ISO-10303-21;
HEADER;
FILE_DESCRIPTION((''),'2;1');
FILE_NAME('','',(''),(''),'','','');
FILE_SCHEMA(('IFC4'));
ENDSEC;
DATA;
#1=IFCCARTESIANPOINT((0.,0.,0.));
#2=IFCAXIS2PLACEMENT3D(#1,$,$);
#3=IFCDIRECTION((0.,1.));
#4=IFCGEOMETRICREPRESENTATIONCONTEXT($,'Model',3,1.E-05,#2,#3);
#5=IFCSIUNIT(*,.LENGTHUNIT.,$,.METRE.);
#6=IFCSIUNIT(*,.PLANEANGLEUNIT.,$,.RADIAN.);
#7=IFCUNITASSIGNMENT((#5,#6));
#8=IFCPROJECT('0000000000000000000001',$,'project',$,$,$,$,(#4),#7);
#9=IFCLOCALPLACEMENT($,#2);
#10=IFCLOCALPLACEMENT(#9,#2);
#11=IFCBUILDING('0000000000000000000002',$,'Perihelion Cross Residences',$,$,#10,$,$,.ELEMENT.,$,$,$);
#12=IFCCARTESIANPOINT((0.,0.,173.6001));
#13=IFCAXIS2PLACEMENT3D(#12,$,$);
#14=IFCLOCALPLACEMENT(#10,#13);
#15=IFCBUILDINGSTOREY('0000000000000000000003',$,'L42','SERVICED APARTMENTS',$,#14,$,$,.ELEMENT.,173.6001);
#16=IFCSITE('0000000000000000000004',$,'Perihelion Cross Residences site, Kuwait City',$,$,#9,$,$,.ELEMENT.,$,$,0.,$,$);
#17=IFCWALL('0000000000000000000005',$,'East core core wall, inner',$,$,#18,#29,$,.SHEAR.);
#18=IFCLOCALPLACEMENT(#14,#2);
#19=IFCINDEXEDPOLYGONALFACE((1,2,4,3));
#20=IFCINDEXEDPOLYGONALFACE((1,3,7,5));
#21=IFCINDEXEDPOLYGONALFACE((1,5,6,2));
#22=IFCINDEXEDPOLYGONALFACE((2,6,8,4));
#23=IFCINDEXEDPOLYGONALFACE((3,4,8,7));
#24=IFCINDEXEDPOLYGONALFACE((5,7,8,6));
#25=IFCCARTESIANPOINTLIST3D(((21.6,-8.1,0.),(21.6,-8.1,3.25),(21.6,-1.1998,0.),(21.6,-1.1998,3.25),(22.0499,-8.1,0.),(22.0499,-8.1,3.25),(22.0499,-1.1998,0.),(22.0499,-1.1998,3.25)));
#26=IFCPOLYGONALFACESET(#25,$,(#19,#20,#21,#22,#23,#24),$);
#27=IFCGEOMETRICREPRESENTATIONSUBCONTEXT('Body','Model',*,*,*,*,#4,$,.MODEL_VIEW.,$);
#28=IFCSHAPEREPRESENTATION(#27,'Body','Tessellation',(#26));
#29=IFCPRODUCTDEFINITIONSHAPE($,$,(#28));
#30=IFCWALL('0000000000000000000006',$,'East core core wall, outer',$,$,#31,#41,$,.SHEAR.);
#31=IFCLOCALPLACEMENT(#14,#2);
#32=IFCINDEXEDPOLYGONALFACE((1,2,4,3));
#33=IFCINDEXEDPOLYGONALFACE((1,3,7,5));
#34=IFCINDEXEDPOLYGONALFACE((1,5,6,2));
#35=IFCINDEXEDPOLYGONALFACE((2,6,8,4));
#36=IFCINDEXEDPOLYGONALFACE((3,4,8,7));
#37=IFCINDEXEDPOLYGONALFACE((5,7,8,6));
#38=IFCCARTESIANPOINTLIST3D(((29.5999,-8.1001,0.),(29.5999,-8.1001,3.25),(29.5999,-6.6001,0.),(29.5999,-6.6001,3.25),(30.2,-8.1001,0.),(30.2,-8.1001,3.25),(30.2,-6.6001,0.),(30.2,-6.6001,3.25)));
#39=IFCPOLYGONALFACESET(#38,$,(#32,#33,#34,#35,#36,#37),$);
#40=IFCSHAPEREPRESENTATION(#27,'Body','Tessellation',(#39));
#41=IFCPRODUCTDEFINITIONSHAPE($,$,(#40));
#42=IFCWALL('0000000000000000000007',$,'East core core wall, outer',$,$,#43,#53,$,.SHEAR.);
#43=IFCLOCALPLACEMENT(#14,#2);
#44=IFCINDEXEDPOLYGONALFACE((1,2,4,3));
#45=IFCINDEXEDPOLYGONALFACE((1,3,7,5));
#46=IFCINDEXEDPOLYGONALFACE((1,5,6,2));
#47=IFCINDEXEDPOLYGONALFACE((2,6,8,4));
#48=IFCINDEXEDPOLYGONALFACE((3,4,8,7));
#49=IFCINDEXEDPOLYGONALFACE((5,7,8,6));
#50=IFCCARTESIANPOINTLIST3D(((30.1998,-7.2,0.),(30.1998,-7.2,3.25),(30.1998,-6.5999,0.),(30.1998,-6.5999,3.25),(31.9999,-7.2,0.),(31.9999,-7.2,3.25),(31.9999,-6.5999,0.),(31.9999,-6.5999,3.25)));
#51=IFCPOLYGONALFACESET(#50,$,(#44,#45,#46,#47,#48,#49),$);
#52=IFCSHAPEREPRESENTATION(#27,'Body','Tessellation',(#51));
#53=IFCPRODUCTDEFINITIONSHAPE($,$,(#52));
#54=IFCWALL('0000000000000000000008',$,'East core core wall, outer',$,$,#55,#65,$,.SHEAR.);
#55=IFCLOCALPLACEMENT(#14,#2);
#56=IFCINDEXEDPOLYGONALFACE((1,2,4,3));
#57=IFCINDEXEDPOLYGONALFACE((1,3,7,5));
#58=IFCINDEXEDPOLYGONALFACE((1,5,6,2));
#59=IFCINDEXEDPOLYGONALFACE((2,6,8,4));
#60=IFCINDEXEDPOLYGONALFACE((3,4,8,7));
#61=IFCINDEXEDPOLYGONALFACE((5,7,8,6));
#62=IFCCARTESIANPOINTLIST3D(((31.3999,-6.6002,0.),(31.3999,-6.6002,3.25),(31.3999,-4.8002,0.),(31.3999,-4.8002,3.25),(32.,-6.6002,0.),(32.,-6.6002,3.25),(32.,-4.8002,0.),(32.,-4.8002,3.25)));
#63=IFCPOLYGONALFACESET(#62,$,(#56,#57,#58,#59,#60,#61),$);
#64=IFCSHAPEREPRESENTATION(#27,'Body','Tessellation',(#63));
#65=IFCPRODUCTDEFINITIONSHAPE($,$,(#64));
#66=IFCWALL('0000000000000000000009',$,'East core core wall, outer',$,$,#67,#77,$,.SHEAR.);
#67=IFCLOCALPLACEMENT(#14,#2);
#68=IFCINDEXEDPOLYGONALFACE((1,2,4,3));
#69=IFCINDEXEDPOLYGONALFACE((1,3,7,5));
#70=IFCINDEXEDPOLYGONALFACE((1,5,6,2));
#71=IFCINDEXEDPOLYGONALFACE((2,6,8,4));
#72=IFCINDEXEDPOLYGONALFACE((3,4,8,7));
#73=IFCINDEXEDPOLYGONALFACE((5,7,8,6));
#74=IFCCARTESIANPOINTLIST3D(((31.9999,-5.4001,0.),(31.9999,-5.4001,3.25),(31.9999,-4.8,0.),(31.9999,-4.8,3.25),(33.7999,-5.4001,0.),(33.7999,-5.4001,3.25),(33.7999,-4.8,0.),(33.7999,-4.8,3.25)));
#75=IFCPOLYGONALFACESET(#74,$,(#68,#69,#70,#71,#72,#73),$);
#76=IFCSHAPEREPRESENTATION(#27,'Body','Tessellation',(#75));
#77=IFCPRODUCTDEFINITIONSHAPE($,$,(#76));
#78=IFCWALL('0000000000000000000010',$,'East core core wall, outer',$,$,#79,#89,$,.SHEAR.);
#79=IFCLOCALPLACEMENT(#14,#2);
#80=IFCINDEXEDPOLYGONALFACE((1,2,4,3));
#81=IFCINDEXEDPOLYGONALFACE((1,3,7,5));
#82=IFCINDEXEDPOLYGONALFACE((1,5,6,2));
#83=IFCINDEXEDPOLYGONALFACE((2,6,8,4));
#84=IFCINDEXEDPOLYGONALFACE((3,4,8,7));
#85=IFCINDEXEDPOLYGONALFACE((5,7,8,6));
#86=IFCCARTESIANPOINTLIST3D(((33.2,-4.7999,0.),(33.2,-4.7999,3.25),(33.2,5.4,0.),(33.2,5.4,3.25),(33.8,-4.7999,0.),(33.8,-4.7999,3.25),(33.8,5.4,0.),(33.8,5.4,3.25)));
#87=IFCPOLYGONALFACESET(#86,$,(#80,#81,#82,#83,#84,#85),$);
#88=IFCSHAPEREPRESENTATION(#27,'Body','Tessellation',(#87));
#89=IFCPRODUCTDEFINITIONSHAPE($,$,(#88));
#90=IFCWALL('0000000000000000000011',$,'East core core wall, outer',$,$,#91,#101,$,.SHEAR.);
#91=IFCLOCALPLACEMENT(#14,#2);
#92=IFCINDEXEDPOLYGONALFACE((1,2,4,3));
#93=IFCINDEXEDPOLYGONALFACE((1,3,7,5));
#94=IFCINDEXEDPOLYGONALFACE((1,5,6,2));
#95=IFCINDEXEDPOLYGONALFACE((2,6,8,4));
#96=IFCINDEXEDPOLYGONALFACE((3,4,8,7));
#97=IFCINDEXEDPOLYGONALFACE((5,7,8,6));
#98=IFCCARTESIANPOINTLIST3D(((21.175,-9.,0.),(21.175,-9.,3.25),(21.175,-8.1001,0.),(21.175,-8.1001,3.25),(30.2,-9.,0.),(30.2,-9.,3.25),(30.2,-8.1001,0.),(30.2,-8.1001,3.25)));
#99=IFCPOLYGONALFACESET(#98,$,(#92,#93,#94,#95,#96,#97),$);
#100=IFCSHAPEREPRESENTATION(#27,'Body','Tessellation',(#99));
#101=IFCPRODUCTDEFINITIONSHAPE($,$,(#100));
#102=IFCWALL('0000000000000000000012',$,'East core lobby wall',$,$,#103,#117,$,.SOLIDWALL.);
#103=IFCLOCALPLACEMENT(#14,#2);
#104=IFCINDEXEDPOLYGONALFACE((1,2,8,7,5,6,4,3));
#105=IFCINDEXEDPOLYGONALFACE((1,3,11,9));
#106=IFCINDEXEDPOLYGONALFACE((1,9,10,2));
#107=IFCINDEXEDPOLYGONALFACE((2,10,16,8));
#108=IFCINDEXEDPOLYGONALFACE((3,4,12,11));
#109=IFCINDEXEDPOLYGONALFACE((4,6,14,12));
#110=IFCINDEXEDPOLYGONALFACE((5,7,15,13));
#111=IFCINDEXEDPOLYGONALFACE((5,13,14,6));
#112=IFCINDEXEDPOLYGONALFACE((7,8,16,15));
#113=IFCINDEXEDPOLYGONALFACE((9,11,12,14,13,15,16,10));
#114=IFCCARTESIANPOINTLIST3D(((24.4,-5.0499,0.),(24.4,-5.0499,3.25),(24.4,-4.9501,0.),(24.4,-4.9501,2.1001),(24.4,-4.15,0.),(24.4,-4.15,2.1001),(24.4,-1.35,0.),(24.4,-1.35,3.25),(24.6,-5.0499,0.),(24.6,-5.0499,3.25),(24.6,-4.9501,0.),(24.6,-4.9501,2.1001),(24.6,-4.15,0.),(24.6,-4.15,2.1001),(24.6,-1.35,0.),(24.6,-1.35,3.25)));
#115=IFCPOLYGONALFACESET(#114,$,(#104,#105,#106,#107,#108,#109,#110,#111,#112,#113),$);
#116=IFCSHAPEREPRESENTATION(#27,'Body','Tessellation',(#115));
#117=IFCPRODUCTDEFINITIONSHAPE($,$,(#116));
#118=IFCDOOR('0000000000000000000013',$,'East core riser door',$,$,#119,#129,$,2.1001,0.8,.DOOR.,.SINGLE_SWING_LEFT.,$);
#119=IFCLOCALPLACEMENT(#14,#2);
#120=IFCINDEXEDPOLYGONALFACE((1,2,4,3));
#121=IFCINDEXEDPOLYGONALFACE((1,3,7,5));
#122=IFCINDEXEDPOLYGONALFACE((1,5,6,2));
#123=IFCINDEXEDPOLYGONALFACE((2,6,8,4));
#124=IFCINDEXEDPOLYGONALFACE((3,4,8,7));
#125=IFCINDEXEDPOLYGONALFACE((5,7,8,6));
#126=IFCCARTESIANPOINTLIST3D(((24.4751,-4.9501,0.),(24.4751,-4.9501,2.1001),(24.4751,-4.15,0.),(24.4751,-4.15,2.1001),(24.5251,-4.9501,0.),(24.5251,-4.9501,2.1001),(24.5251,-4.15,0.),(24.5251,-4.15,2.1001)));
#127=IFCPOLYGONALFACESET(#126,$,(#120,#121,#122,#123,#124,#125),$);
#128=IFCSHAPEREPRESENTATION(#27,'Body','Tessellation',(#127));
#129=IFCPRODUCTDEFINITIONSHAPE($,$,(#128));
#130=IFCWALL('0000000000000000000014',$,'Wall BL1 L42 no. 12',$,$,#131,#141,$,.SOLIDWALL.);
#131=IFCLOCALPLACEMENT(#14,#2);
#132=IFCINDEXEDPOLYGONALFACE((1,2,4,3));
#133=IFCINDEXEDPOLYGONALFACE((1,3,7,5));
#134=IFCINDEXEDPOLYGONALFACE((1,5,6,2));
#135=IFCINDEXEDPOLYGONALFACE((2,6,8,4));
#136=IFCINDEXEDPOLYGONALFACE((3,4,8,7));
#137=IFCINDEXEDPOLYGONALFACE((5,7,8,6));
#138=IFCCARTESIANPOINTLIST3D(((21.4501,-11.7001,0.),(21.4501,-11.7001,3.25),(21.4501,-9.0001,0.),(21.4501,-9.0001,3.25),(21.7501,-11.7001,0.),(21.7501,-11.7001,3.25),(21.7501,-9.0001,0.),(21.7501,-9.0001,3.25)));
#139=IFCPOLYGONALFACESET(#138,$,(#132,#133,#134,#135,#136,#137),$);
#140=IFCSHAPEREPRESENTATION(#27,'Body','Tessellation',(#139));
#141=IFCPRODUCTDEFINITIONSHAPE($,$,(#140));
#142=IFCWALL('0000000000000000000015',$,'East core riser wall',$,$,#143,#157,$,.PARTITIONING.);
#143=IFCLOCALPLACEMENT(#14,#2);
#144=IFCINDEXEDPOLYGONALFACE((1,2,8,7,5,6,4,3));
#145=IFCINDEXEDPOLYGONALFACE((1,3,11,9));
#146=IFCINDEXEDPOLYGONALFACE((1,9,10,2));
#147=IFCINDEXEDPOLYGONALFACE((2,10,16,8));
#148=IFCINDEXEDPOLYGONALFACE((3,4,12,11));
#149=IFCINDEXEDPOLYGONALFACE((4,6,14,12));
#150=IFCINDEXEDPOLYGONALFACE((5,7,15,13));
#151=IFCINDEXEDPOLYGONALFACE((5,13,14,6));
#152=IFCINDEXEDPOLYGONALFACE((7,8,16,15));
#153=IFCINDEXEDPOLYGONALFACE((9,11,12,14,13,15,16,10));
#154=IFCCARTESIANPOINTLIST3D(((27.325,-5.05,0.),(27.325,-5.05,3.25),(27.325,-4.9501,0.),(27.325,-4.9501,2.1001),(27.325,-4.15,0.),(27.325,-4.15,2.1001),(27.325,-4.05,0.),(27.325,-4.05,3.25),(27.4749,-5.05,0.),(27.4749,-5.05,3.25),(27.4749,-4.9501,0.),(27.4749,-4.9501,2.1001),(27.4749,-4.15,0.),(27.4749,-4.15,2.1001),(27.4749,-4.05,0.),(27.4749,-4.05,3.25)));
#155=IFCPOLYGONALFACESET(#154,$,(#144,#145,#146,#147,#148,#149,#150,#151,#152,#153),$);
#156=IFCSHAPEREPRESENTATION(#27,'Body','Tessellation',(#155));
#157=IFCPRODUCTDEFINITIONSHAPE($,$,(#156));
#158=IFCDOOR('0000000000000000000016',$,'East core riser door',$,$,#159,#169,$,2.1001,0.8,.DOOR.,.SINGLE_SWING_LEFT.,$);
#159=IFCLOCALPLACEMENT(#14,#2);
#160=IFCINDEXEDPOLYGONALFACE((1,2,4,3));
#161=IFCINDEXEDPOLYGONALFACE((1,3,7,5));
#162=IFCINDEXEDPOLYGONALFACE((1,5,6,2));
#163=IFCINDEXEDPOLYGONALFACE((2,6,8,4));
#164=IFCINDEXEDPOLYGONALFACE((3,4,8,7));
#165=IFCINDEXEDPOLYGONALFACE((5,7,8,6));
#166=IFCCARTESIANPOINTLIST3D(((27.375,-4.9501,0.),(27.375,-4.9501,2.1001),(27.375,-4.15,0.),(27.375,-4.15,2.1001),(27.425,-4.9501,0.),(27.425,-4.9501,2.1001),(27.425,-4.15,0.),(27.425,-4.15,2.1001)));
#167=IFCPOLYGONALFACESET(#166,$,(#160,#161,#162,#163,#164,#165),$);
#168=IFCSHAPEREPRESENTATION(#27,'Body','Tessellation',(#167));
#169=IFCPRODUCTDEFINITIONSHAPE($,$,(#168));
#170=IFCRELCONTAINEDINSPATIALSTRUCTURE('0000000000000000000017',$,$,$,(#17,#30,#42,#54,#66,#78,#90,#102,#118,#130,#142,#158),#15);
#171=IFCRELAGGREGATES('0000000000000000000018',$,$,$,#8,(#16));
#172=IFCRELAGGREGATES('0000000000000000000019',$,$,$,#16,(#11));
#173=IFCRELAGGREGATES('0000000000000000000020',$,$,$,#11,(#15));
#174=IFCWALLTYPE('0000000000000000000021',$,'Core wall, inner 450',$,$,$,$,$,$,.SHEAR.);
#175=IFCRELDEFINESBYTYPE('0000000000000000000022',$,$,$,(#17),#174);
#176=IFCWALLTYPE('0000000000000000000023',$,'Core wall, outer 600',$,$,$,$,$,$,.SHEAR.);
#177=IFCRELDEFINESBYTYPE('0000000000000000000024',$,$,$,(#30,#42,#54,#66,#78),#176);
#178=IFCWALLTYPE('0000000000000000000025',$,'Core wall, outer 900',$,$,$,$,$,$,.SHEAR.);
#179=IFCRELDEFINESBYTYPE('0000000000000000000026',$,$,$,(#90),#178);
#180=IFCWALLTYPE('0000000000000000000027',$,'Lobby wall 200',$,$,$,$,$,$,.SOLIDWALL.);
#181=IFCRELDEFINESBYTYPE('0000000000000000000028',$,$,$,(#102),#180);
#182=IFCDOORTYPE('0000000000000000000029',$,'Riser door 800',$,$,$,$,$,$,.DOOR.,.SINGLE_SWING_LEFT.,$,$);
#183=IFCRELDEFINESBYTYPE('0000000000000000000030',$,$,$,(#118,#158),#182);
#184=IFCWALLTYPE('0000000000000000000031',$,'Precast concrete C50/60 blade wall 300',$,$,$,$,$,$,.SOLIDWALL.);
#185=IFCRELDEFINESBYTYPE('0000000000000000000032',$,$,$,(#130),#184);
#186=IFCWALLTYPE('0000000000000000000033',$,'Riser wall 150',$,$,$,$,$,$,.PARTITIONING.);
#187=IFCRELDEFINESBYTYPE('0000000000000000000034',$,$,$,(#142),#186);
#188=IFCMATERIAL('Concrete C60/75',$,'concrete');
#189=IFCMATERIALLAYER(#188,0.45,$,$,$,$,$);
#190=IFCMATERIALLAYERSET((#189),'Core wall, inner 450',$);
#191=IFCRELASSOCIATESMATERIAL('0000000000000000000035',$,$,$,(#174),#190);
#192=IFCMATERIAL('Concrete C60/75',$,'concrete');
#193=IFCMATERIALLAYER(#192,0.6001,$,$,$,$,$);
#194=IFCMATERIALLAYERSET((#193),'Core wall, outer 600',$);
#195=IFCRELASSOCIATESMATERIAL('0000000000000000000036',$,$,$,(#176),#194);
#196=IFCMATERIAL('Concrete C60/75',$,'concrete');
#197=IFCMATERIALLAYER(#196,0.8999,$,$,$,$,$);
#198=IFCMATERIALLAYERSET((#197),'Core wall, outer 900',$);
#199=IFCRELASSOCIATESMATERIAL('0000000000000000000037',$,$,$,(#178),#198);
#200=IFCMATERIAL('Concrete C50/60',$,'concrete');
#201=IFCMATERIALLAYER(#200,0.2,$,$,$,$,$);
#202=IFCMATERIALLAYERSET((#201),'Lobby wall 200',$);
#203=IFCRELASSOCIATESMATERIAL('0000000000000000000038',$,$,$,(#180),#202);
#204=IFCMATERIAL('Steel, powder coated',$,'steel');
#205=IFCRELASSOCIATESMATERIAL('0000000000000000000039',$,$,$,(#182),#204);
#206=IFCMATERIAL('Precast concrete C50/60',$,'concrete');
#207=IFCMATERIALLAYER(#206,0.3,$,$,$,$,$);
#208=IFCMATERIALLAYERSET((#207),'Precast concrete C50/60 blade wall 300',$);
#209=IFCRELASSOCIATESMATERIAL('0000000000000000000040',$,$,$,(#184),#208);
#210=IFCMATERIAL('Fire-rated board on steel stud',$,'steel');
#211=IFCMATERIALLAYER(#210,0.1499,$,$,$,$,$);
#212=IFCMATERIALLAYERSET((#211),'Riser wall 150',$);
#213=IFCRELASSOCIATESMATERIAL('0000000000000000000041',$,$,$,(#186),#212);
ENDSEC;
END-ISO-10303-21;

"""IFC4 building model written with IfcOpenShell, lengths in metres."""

from ifc_helpers import new_model, si_unit, direction, frame, frame_2d, origin, place, context, subcontext, project, spatial, rectangle, extrude, material, layer, layer_set, type_object, element, fill, save


model = new_model("IFC4")

# Units and contexts
model_context = context("Model", 3, precision=1e-05, world=origin(), true_north=direction((0.0, 1.0)))
body_context = subcontext(model_context, "Body", "Model", "MODEL_VIEW")
ifc_project = project(units=[si_unit("LENGTHUNIT", "METRE"), si_unit("PLANEANGLEUNIT", "RADIAN")], contexts=[model_context])

# Site, building, storey
site_placement = place(None, origin())
site = spatial("IfcSite", under=ifc_project, at=site_placement, Name="Perihelion Cross Residences site, Kuwait City", CompositionType="ELEMENT", RefElevation=0.0)
building_placement = place(site_placement, origin())
building = spatial("IfcBuilding", under=site, at=building_placement, Name="Perihelion Cross Residences", CompositionType="ELEMENT")
storey_placement = place(building_placement, frame((0.0, 0.0, 173.6001)))
storey = spatial("IfcBuildingStorey", under=building, at=storey_placement, Name="L42", Description="SERVICED APARTMENTS", CompositionType="ELEMENT", Elevation=173.6001)

# Walls
ifc_material_1 = material(Name="Concrete C60/75", Category="concrete")
ifc_layer_1 = layer(ifc_material_1, 0.45)
ifc_layer_set_1 = layer_set([ifc_layer_1], Name="Core wall, inner 450")
wall_type_1 = type_object("IfcWallType", Name="Core wall, inner 450", PredefinedType="SHEAR", material=ifc_layer_set_1)
wall_1_placement = place(storey_placement, frame((21.825, -8.1001, 0.0), z_axis=(0.0, 0.0, 1.0), x_axis=(0.0, 1.0, 0.0)))
element("IfcWall", 1, at=wall_1_placement, inside=storey, type_object=wall_type_1, Name="East core core wall, inner", PredefinedType="SHEAR", context=body_context, shape_type="SweptSolid", body=[
    extrude(rectangle(XDim=6.9001, YDim=0.45, at=frame_2d((3.4502, 0.0))), origin(), (0.0, 0.0, 1.0), 3.25),
])
ifc_material_2 = material(Name="Concrete C60/75", Category="concrete")
ifc_layer_2 = layer(ifc_material_2, 0.6001)
ifc_layer_set_2 = layer_set([ifc_layer_2], Name="Core wall, outer 600")
wall_type_2 = type_object("IfcWallType", Name="Core wall, outer 600", PredefinedType="SHEAR", material=ifc_layer_set_2)
wall_2_placement = place(storey_placement, frame((29.8999, -8.1001, 0.0), z_axis=(0.0, 0.0, 1.0), x_axis=(0.0, 1.0, 0.0)))
element("IfcWall", 2, at=wall_2_placement, inside=storey, type_object=wall_type_2, Name="East core core wall, outer", PredefinedType="SHEAR", context=body_context, shape_type="SweptSolid", body=[
    extrude(rectangle(XDim=1.5, YDim=0.6001, at=frame_2d((0.75, 0.0))), origin(), (0.0, 0.0, 1.0), 3.25),
])
for number, where, z_axis, x_axis, name in (
    (3, (30.2, -6.8999, 0.0), (0.0, 0.0, 1.0), (1.0, 0.0, 0.0), "East core core wall, outer"),
    (4, (31.7, -6.6001, 0.0), (0.0, 0.0, 1.0), (0.0, 1.0, 0.0), "East core core wall, outer"),
    (5, (32.0, -5.1001, 0.0), (0.0, 0.0, 1.0), (1.0, 0.0, 0.0), "East core core wall, outer"),
):
    element("IfcWall", number, at=place(storey_placement, frame(where, z_axis=z_axis, x_axis=x_axis)), inside=storey, type_object=wall_type_2, Name=name, PredefinedType="SHEAR", context=body_context, shape_type="SweptSolid", body=[
        extrude(rectangle(XDim=1.8, YDim=0.6001, at=frame_2d((0.8999, 0.0))), origin(), (0.0, 0.0, 1.0), 3.25),
    ])
wall_3_placement = place(storey_placement, frame((33.5, -4.8, 0.0), z_axis=(0.0, 0.0, 1.0), x_axis=(0.0, 1.0, 0.0)))
element("IfcWall", 6, at=wall_3_placement, inside=storey, type_object=wall_type_2, Name="East core core wall, outer", PredefinedType="SHEAR", context=body_context, shape_type="SweptSolid", body=[
    extrude(rectangle(XDim=10.2, YDim=0.6001, at=frame_2d((5.1001, 0.0))), origin(), (0.0, 0.0, 1.0), 3.25),
])
ifc_material_3 = material(Name="Concrete C60/75", Category="concrete")
ifc_layer_3 = layer(ifc_material_3, 0.8999)
ifc_layer_set_3 = layer_set([ifc_layer_3], Name="Core wall, outer 900")
wall_type_3 = type_object("IfcWallType", Name="Core wall, outer 900", PredefinedType="SHEAR", material=ifc_layer_set_3)
wall_4_placement = place(storey_placement, frame((21.175, -8.55, 0.0), z_axis=(0.0, 0.0, 1.0), x_axis=(1.0, 0.0, 0.0)))
element("IfcWall", 7, at=wall_4_placement, inside=storey, type_object=wall_type_3, Name="East core core wall, outer", PredefinedType="SHEAR", context=body_context, shape_type="SweptSolid", body=[
    extrude(rectangle(XDim=9.0249, YDim=0.8999, at=frame_2d((4.5125, 0.0))), origin(), (0.0, 0.0, 1.0), 3.25),
])

# Wall, opening, door
ifc_material_4 = material(Name="Concrete C50/60", Category="concrete")
ifc_layer_4 = layer(ifc_material_4, 0.2)
ifc_layer_set_4 = layer_set([ifc_layer_4], Name="Lobby wall 200")
wall_type_4 = type_object("IfcWallType", Name="Lobby wall 200", PredefinedType="SOLIDWALL", material=ifc_layer_set_4)
wall_5_placement = place(storey_placement, frame((24.5, -5.05, 0.0), z_axis=(0.0, 0.0, 1.0), x_axis=(0.0, 1.0, 0.0)))
wall_5 = element("IfcWall", 8, at=wall_5_placement, inside=storey, type_object=wall_type_4, Name="East core lobby wall", PredefinedType="SOLIDWALL", context=body_context, shape_type="SweptSolid", body=[
    extrude(rectangle(XDim=3.7, YDim=0.2, at=frame_2d((1.8501, 0.0))), origin(), (0.0, 0.0, 1.0), 3.25),
])
opening_1_placement = place(wall_5_placement, frame((0.1001, 0.0, 0.0)))
opening_1 = element("IfcOpeningElement", 9, at=opening_1_placement, cuts=wall_5, PredefinedType="OPENING", context=body_context, shape_type="SweptSolid", body=[
    extrude(rectangle(XDim=0.8, YDim=2.1001, at=frame_2d((0.3999, 1.05))), frame((0.0, 0.1099, 0.0), z_axis=(0.0, -1.0, 0.0), x_axis=(1.0, 0.0, 0.0)), (0.0, 0.0, 1.0), 0.22),
])
ifc_material_5 = material(Name="Steel, powder coated", Category="steel")
door_type_1 = type_object("IfcDoorType", Name="Riser door 800", OperationType="SINGLE_SWING_LEFT", PredefinedType="DOOR", material=ifc_material_5)
door_1_placement = place(opening_1_placement, origin())
door_1 = element("IfcDoor", 10, at=door_1_placement, inside=storey, type_object=door_type_1, Name="East core riser door", OperationType="SINGLE_SWING_LEFT", OverallHeight=2.1001, OverallWidth=0.8, PredefinedType="DOOR", context=body_context, shape_type="SweptSolid", body=[
    extrude(rectangle(XDim=0.8, YDim=2.1001, at=frame_2d((0.3999, 1.05))), frame((0.0, 0.0249, 0.0), z_axis=(0.0, -1.0, 0.0), x_axis=(1.0, 0.0, 0.0)), (0.0, 0.0, 1.0), 0.05),
])
fill(opening_1, door_1)

# Wall
ifc_material_6 = material(Name="Precast concrete C50/60", Category="concrete")
ifc_layer_5 = layer(ifc_material_6, 0.3)
ifc_layer_set_5 = layer_set([ifc_layer_5], Name="Precast concrete C50/60 blade wall 300")
wall_type_5 = type_object("IfcWallType", Name="Precast concrete C50/60 blade wall 300", PredefinedType="SOLIDWALL", material=ifc_layer_set_5)
wall_6_placement = place(storey_placement, frame((21.6001, -9.0, 0.0), z_axis=(0.0, 0.0, 1.0), x_axis=(0.0, -1.0, 0.0)))
element("IfcWall", 11, at=wall_6_placement, inside=storey, type_object=wall_type_5, Name="Wall BL1 L42 no. 12", PredefinedType="SOLIDWALL", context=body_context, shape_type="SweptSolid", body=[
    extrude(rectangle(XDim=2.7, YDim=0.3, at=frame_2d((1.3501, 0.0))), origin(), (0.0, 0.0, 1.0), 3.25),
])

# Wall, opening, door
ifc_material_7 = material(Name="Fire-rated board on steel stud", Category="steel")
ifc_layer_6 = layer(ifc_material_7, 0.1499)
ifc_layer_set_6 = layer_set([ifc_layer_6], Name="Riser wall 150")
wall_type_6 = type_object("IfcWallType", Name="Riser wall 150", PredefinedType="PARTITIONING", material=ifc_layer_set_6)
wall_7_placement = place(storey_placement, frame((27.3999, -5.05, 0.0), z_axis=(0.0, 0.0, 1.0), x_axis=(0.0, 1.0, 0.0)))
wall_7 = element("IfcWall", 12, at=wall_7_placement, inside=storey, type_object=wall_type_6, Name="East core riser wall", PredefinedType="PARTITIONING", context=body_context, shape_type="SweptSolid", body=[
    extrude(rectangle(XDim=1.0, YDim=0.1499, at=frame_2d((0.5, 0.0))), origin(), (0.0, 0.0, 1.0), 3.25),
])
opening_2_placement = place(wall_7_placement, frame((0.1001, 0.0, 0.0)))
opening_2 = element("IfcOpeningElement", 13, at=opening_2_placement, cuts=wall_7, PredefinedType="OPENING", context=body_context, shape_type="SweptSolid", body=[
    extrude(rectangle(XDim=0.8, YDim=2.1001, at=frame_2d((0.3999, 1.05))), frame((0.0, 0.085, 0.0), z_axis=(0.0, -1.0, 0.0), x_axis=(1.0, 0.0, 0.0)), (0.0, 0.0, 1.0), 0.1699),
])
door_2_placement = place(opening_2_placement, origin())
door_2 = element("IfcDoor", 14, at=door_2_placement, inside=storey, type_object=door_type_1, Name="East core riser door", OperationType="SINGLE_SWING_LEFT", OverallHeight=2.1001, OverallWidth=0.8, PredefinedType="DOOR", context=body_context, shape_type="SweptSolid", body=[
    extrude(rectangle(XDim=0.8, YDim=2.1001, at=frame_2d((0.3999, 1.05))), frame((0.0, 0.0249, 0.0), z_axis=(0.0, -1.0, 0.0), x_axis=(1.0, 0.0, 0.0)), (0.0, 0.0, 1.0), 0.05),
])
fill(opening_2, door_2)

save(model, "model.ifc")
